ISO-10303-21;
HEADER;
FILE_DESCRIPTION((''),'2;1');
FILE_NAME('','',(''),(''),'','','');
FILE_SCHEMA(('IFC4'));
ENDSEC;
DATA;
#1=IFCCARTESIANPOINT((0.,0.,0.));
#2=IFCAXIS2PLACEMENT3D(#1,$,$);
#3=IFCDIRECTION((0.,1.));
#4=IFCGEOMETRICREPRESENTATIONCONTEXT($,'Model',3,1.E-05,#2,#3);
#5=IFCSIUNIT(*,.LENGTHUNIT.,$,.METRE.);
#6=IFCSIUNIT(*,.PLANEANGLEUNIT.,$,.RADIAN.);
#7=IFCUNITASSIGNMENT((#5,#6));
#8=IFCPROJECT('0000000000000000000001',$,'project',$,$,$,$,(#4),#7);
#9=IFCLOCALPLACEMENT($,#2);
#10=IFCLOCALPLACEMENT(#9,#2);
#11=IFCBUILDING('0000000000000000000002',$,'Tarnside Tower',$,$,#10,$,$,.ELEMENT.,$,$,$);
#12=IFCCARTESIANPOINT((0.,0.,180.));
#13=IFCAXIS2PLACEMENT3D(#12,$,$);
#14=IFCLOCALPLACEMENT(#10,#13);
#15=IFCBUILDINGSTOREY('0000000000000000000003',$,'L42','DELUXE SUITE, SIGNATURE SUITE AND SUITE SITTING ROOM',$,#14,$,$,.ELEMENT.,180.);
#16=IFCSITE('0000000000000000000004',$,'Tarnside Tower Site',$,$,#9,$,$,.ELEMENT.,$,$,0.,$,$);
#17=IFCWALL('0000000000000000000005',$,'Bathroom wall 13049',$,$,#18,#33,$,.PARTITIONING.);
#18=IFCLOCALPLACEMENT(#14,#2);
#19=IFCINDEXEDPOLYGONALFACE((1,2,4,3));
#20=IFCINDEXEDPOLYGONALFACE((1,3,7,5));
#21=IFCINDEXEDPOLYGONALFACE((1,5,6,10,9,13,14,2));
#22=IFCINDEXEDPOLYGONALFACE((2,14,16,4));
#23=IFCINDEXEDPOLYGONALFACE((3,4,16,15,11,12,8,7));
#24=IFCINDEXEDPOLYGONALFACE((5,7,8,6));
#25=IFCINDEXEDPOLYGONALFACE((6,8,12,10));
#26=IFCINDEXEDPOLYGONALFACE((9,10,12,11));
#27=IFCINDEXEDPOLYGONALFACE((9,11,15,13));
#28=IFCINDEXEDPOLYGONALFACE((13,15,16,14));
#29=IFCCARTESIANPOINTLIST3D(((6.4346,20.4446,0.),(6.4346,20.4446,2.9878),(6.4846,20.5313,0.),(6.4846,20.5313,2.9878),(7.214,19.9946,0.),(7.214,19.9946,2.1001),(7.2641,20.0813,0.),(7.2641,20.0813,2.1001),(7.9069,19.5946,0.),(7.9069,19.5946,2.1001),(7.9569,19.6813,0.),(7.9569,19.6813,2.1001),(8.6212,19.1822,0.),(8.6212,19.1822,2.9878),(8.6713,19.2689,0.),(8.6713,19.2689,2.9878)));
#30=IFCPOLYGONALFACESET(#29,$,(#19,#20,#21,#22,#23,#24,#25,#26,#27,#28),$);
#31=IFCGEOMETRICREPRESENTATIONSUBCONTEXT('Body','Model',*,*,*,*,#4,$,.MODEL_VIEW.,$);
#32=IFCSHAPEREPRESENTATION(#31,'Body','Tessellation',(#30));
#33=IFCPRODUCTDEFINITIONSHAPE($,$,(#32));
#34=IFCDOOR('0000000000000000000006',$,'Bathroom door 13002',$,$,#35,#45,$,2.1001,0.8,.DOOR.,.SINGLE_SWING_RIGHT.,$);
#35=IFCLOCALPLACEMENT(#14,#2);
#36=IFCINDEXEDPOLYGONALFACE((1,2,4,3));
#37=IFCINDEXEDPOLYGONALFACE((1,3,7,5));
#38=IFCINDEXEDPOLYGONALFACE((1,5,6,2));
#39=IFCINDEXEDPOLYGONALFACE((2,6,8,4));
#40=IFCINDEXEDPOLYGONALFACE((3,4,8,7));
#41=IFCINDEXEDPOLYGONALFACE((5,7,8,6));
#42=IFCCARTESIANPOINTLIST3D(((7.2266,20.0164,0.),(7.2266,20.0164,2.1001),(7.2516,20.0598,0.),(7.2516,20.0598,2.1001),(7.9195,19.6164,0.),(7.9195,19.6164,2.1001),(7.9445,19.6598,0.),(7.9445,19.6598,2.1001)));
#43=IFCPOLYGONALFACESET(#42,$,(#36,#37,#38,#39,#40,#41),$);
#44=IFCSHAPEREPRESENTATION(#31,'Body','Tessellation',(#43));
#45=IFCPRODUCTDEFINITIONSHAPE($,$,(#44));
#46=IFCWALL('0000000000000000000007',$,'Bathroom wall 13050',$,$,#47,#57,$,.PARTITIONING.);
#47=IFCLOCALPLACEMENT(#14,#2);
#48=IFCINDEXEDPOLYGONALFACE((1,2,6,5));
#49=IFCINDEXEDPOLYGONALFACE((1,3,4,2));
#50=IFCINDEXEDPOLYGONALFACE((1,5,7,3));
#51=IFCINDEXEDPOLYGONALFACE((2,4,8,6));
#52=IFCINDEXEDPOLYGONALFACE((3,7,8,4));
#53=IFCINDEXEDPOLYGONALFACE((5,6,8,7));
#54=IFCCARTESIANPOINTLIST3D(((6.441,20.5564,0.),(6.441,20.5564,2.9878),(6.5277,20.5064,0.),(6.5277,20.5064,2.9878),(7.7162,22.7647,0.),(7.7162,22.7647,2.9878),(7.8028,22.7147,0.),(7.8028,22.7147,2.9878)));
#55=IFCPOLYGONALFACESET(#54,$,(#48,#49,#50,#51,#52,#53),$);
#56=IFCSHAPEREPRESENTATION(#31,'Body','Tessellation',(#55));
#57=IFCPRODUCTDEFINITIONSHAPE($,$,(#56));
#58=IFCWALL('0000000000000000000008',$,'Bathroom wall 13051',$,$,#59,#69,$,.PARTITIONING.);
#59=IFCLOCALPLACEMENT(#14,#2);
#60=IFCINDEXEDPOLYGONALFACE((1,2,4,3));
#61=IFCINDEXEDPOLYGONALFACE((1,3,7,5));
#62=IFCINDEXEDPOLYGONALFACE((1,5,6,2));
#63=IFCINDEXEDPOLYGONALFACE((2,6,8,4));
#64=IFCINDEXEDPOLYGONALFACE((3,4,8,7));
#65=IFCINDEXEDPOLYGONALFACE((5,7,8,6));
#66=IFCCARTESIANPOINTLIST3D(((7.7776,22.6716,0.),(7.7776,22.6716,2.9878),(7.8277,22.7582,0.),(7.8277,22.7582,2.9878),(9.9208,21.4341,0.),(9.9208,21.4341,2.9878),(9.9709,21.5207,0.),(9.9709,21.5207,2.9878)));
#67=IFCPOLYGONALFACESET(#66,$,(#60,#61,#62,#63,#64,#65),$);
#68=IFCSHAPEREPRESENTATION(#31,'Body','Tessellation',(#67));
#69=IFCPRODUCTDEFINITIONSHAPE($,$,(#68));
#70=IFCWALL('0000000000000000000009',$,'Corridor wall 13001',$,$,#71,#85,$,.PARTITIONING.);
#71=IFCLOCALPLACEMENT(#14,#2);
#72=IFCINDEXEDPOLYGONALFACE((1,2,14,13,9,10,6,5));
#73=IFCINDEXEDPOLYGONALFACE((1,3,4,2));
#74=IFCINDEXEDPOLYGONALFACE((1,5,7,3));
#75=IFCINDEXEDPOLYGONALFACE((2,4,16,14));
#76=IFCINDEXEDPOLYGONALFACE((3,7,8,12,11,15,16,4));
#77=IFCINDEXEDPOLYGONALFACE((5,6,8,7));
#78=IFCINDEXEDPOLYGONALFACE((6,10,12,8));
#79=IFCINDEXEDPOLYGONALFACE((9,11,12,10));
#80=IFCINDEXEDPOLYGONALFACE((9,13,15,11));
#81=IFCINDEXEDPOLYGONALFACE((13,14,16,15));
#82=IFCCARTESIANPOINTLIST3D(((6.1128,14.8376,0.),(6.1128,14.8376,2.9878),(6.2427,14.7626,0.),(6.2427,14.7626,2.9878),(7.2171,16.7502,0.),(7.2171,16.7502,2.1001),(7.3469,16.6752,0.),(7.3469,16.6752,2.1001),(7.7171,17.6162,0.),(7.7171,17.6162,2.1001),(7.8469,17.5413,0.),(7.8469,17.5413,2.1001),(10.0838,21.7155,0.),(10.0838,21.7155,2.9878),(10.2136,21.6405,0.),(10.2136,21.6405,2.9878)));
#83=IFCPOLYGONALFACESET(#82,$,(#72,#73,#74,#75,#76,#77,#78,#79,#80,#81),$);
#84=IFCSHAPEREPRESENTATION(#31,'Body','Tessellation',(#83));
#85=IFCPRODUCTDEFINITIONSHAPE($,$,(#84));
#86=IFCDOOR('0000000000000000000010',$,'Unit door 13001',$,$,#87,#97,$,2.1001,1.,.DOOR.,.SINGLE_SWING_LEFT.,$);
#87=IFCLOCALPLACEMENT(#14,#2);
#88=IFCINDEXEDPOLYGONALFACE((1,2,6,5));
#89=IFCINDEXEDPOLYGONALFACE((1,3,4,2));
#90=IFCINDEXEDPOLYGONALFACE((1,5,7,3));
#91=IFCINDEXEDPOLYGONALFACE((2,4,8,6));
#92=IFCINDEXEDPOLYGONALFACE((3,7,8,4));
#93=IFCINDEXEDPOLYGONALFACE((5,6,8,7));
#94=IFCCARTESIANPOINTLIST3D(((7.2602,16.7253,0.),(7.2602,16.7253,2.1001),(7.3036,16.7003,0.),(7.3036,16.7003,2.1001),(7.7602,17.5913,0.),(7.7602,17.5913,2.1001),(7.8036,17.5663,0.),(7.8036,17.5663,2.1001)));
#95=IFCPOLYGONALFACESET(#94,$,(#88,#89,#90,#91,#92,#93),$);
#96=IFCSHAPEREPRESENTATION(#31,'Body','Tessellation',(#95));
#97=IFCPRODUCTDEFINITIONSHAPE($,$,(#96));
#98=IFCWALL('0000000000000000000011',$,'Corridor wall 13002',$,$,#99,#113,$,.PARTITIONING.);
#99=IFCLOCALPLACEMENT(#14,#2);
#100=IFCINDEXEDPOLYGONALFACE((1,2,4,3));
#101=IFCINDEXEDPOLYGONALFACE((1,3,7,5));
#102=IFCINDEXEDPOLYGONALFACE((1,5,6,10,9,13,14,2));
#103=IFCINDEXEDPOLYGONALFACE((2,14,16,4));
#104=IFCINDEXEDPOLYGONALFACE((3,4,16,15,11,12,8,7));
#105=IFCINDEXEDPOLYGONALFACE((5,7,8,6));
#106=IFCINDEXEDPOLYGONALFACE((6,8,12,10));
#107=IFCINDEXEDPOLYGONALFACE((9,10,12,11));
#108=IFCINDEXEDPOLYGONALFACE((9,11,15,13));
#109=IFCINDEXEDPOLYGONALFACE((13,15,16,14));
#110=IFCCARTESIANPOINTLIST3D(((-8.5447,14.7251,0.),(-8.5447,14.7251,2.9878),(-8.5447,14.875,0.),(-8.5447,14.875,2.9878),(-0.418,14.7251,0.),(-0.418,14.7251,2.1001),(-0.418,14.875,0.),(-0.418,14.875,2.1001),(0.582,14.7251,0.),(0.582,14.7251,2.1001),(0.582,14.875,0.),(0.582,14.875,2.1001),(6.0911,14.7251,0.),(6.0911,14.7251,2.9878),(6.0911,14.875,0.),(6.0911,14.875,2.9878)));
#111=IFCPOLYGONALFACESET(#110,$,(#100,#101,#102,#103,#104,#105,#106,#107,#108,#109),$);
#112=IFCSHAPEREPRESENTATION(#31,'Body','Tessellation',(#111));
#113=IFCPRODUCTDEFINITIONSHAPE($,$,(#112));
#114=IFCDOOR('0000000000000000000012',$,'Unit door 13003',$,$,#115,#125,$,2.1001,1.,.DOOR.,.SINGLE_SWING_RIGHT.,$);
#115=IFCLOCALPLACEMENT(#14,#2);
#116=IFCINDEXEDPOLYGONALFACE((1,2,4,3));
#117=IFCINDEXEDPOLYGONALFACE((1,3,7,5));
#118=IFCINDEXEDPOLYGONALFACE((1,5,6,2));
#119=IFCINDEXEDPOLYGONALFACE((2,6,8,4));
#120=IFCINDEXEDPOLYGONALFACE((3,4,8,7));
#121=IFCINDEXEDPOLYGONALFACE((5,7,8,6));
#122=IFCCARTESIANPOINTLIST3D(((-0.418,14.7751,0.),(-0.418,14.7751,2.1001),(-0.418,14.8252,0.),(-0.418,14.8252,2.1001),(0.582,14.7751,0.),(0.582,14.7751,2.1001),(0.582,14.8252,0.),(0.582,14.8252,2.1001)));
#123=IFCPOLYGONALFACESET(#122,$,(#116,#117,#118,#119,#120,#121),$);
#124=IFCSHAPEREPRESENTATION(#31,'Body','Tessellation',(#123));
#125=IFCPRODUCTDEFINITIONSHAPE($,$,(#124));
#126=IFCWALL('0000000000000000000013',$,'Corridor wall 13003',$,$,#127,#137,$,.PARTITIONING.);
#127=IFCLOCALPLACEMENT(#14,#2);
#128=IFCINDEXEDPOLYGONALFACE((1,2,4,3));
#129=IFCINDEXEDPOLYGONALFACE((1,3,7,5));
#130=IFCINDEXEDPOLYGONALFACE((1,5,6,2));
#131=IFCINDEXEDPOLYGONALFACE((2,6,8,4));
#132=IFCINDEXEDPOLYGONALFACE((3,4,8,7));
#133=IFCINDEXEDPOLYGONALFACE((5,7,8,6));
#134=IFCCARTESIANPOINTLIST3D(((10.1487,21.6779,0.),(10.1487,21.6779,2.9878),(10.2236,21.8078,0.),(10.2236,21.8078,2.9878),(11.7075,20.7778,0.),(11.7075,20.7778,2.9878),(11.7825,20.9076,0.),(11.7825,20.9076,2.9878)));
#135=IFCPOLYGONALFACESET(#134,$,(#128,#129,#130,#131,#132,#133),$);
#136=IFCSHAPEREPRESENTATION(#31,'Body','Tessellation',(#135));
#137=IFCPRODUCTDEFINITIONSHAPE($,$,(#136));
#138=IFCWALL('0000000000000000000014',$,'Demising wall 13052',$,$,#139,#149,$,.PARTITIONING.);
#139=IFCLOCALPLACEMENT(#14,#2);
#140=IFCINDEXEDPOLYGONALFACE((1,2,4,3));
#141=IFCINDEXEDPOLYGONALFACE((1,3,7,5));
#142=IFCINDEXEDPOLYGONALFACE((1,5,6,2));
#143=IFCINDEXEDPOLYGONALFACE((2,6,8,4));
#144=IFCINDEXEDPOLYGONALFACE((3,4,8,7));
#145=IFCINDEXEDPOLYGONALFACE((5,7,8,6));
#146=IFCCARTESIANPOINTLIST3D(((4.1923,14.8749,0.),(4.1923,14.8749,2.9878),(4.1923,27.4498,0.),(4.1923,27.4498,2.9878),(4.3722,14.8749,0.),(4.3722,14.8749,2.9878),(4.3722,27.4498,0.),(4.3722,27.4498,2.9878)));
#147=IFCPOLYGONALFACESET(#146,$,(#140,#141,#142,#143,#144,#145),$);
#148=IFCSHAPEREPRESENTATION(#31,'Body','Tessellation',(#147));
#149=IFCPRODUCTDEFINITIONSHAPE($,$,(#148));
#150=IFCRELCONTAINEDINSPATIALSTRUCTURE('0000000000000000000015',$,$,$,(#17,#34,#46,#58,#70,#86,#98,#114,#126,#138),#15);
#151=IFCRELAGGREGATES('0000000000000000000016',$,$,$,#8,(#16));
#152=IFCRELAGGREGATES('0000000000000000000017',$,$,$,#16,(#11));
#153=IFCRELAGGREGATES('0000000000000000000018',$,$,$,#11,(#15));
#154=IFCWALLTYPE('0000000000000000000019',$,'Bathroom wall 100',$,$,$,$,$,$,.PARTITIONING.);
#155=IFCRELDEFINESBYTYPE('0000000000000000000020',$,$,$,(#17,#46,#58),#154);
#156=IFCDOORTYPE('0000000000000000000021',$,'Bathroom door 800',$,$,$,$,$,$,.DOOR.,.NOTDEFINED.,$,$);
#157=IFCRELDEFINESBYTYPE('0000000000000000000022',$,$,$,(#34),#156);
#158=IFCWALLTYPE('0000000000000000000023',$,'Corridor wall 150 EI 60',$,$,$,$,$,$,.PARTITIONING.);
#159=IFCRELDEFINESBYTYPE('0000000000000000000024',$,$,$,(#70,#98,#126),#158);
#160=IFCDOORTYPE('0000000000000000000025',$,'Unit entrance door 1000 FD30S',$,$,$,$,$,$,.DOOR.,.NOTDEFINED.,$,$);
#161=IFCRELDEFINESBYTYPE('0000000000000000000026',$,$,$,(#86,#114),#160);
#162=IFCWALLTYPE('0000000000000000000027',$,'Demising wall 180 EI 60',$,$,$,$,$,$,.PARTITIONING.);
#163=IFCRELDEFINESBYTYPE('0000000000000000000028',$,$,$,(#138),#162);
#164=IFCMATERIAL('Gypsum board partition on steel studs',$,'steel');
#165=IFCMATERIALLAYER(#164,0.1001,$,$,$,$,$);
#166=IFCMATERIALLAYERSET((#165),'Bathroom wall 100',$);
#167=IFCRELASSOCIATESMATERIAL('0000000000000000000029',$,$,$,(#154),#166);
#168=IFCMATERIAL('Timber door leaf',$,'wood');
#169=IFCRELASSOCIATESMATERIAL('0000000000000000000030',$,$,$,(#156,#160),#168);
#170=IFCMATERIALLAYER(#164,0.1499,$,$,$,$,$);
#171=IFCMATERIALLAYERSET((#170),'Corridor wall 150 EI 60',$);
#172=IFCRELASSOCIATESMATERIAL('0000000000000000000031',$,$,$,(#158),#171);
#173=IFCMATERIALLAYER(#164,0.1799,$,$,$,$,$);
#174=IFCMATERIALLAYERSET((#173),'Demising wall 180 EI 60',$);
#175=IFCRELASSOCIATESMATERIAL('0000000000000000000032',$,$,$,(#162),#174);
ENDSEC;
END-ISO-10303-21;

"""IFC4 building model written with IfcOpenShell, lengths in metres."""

from ifc_helpers import new_model, si_unit, direction, frame, frame_2d, origin, place, context, subcontext, project, spatial, rectangle, extrude, material, layer, layer_set, type_object, element, fill, save


model = new_model("IFC4")

# Units and contexts
model_context = context("Model", 3, precision=1e-05, world=origin(), true_north=direction((0.0, 1.0)))
body_context = subcontext(model_context, "Body", "Model", "MODEL_VIEW")
ifc_project = project(units=[si_unit("LENGTHUNIT", "METRE"), si_unit("PLANEANGLEUNIT", "RADIAN")], contexts=[model_context])

# Site, building, storey
site_placement = place(None, origin())
site = spatial("IfcSite", under=ifc_project, at=site_placement, Name="Tarnside Tower Site", CompositionType="ELEMENT", RefElevation=0.0)
building_placement = place(site_placement, origin())
building = spatial("IfcBuilding", under=site, at=building_placement, Name="Tarnside Tower", CompositionType="ELEMENT")
storey_placement = place(building_placement, frame((0.0, 0.0, 180.0)))
storey = spatial("IfcBuildingStorey", under=building, at=storey_placement, Name="L42", Description="DELUXE SUITE, SIGNATURE SUITE AND SUITE SITTING ROOM", CompositionType="ELEMENT", Elevation=180.0)

# Wall, opening, door
ifc_material_1 = material(Name="Gypsum board partition on steel studs", Category="steel")
ifc_layer_1 = layer(ifc_material_1, 0.1001)
ifc_layer_set_1 = layer_set([ifc_layer_1], Name="Bathroom wall 100")
wall_type_1 = type_object("IfcWallType", Name="Bathroom wall 100", PredefinedType="PARTITIONING", material=ifc_layer_set_1)
wall_1_placement = place(storey_placement, frame((8.6462, 19.2256, 0.0), z_axis=(0.0, 0.0, 1.0), x_axis=(-0.866039, 0.499976, 0.0)))
wall_1 = element("IfcWall", 1, at=wall_1_placement, inside=storey, type_object=wall_type_1, Name="Bathroom wall 13049", PredefinedType="PARTITIONING", context=body_context, shape_type="SweptSolid", body=[
    extrude(rectangle(XDim=2.5249, YDim=0.1001, at=frame_2d((1.2625, 0.0))), origin(), (0.0, 0.0, 1.0), 2.9878),
])
opening_1_placement = place(wall_1_placement, frame((0.825, 0.0, 0.0)))
opening_1 = element("IfcOpeningElement", 2, at=opening_1_placement, cuts=wall_1, PredefinedType="OPENING", context=body_context, shape_type="SweptSolid", body=[
    extrude(rectangle(XDim=0.8, YDim=2.1001, at=frame_2d((0.3999, 1.05))), frame((0.0, 0.0601, 0.0), z_axis=(0.0, -1.0, 0.0), x_axis=(1.0, 0.0, 0.0)), (0.0, 0.0, 1.0), 0.1201),
])
ifc_material_2 = material(Name="Timber door leaf", Category="wood")
door_type_1 = type_object("IfcDoorType", Name="Bathroom door 800", OperationType="NOTDEFINED", PredefinedType="DOOR", material=ifc_material_2)
door_1_placement = place(opening_1_placement, origin())
door_1 = element("IfcDoor", 3, at=door_1_placement, inside=storey, type_object=door_type_1, Name="Bathroom door 13002", OperationType="SINGLE_SWING_RIGHT", OverallHeight=2.1001, OverallWidth=0.8, PredefinedType="DOOR", context=body_context, shape_type="SweptSolid", body=[
    extrude(rectangle(XDim=0.8, YDim=2.1001, at=frame_2d((0.3999, 1.05))), frame((0.0, 0.0249, 0.0), z_axis=(0.0, -1.0, 0.0), x_axis=(1.0, 0.0, 0.0)), (0.0, 0.0, 1.0), 0.05),
])
fill(opening_1, door_1)

# Walls
wall_2_placement = place(storey_placement, frame((6.4844, 20.5315, 0.0), z_axis=(0.0, 0.0, 1.0), x_axis=(0.500062, 0.865989, 0.0)))
element("IfcWall", 4, at=wall_2_placement, inside=storey, type_object=wall_type_1, Name="Bathroom wall 13050", PredefinedType="PARTITIONING", context=body_context, shape_type="SweptSolid", body=[
    extrude(rectangle(XDim=2.55, YDim=0.1001, at=frame_2d((1.2749, 0.0))), origin(), (0.0, 0.0, 1.0), 2.9878),
])
wall_3_placement = place(storey_placement, frame((7.8027, 22.7148, 0.0), z_axis=(0.0, 0.0, 1.0), x_axis=(0.866007, -0.500033, 0.0)))
element("IfcWall", 5, at=wall_3_placement, inside=storey, type_object=wall_type_1, Name="Bathroom wall 13051", PredefinedType="PARTITIONING", context=body_context, shape_type="SweptSolid", body=[
    extrude(rectangle(XDim=2.4749, YDim=0.1001, at=frame_2d((1.2373, 0.0))), origin(), (0.0, 0.0, 1.0), 2.9878),
])

# Walls, openings, doors
ifc_layer_2 = layer(ifc_material_1, 0.1499)
ifc_layer_set_2 = layer_set([ifc_layer_2], Name="Corridor wall 150 EI 60")
wall_type_2 = type_object("IfcWallType", Name="Corridor wall 150 EI 60", PredefinedType="PARTITIONING", material=ifc_layer_set_2)
wall_4_placement = place(storey_placement, frame((10.1487, 21.678, 0.0), z_axis=(0.0, 0.0, 1.0), x_axis=(-0.499997, -0.866027, 0.0)))
wall_4 = element("IfcWall", 6, at=wall_4_placement, inside=storey, type_object=wall_type_2, Name="Corridor wall 13001", PredefinedType="PARTITIONING", context=body_context, shape_type="SweptSolid", body=[
    extrude(rectangle(XDim=7.9419, YDim=0.1499, at=frame_2d((3.9709, 0.0))), origin(), (0.0, 0.0, 1.0), 2.9878),
])
opening_2_placement = place(wall_4_placement, frame((4.7334, 0.0, 0.0)))
opening_2 = element("IfcOpeningElement", 7, at=opening_2_placement, cuts=wall_4, PredefinedType="OPENING", context=body_context, shape_type="SweptSolid", body=[
    extrude(rectangle(XDim=1.0, YDim=2.1001, at=frame_2d((0.5, 1.05))), frame((0.0, 0.085, 0.0), z_axis=(0.0, -1.0, 0.0), x_axis=(1.0, 0.0, 0.0)), (0.0, 0.0, 1.0), 0.1699),
])
door_type_2 = type_object("IfcDoorType", Name="Unit entrance door 1000 FD30S", OperationType="NOTDEFINED", PredefinedType="DOOR", material=ifc_material_2)
door_2_placement = place(opening_2_placement, origin())
door_2 = element("IfcDoor", 8, at=door_2_placement, inside=storey, type_object=door_type_2, Name="Unit door 13001", OperationType="SINGLE_SWING_LEFT", OverallHeight=2.1001, OverallWidth=1.0, PredefinedType="DOOR", context=body_context, shape_type="SweptSolid", body=[
    extrude(rectangle(XDim=1.0, YDim=2.1001, at=frame_2d((0.5, 1.05))), frame((0.0, 0.0249, 0.0), z_axis=(0.0, -1.0, 0.0), x_axis=(1.0, 0.0, 0.0)), (0.0, 0.0, 1.0), 0.05),
])
fill(opening_2, door_2)
wall_5_placement = place(storey_placement, frame((6.0911, 14.8, 0.0), z_axis=(0.0, 0.0, 1.0), x_axis=(-1.0, 0.0, 0.0)))
wall_5 = element("IfcWall", 9, at=wall_5_placement, inside=storey, type_object=wall_type_2, Name="Corridor wall 13002", PredefinedType="PARTITIONING", context=body_context, shape_type="SweptSolid", body=[
    extrude(rectangle(XDim=14.6357, YDim=0.1499, at=frame_2d((7.3179, 0.0))), origin(), (0.0, 0.0, 1.0), 2.9878),
])
opening_3_placement = place(wall_5_placement, frame((5.509, 0.0, 0.0)))
opening_3 = element("IfcOpeningElement", 10, at=opening_3_placement, cuts=wall_5, PredefinedType="OPENING", context=body_context, shape_type="SweptSolid", body=[
    extrude(rectangle(XDim=1.0, YDim=2.1001, at=frame_2d((0.5, 1.05))), frame((0.0, 0.085, 0.0), z_axis=(0.0, -1.0, 0.0), x_axis=(1.0, 0.0, 0.0)), (0.0, 0.0, 1.0), 0.1699),
])
door_3_placement = place(opening_3_placement, origin())
door_3 = element("IfcDoor", 11, at=door_3_placement, inside=storey, type_object=door_type_2, Name="Unit door 13003", OperationType="SINGLE_SWING_RIGHT", OverallHeight=2.1001, OverallWidth=1.0, PredefinedType="DOOR", context=body_context, shape_type="SweptSolid", body=[
    extrude(rectangle(XDim=1.0, YDim=2.1001, at=frame_2d((0.5, 1.05))), frame((0.0, 0.0249, 0.0), z_axis=(0.0, -1.0, 0.0), x_axis=(1.0, 0.0, 0.0)), (0.0, 0.0, 1.0), 0.05),
])
fill(opening_3, door_3)

# Walls
wall_6_placement = place(storey_placement, frame((11.7449, 20.8428, 0.0), z_axis=(0.0, 0.0, 1.0), x_axis=(-0.865989, 0.500063, 0.0)))
element("IfcWall", 12, at=wall_6_placement, inside=storey, type_object=wall_type_2, Name="Corridor wall 13003", PredefinedType="PARTITIONING", context=body_context, shape_type="SweptSolid", body=[
    extrude(rectangle(XDim=1.8, YDim=0.1499, at=frame_2d((0.8999, 0.0))), origin(), (0.0, 0.0, 1.0), 2.9878),
])
ifc_layer_3 = layer(ifc_material_1, 0.1799)
ifc_layer_set_3 = layer_set([ifc_layer_3], Name="Demising wall 180 EI 60")
wall_type_3 = type_object("IfcWallType", Name="Demising wall 180 EI 60", PredefinedType="PARTITIONING", material=ifc_layer_set_3)
wall_7_placement = place(storey_placement, frame((4.2822, 27.45, 0.0), z_axis=(0.0, 0.0, 1.0), x_axis=(0.0, -1.0, 0.0)))
element("IfcWall", 13, at=wall_7_placement, inside=storey, type_object=wall_type_3, Name="Demising wall 13052", PredefinedType="PARTITIONING", context=body_context, shape_type="SweptSolid", body=[
    extrude(rectangle(XDim=12.575, YDim=0.1799, at=frame_2d((6.2876, 0.0))), origin(), (0.0, 0.0, 1.0), 2.9878),
])

save(model, "model.ifc")
